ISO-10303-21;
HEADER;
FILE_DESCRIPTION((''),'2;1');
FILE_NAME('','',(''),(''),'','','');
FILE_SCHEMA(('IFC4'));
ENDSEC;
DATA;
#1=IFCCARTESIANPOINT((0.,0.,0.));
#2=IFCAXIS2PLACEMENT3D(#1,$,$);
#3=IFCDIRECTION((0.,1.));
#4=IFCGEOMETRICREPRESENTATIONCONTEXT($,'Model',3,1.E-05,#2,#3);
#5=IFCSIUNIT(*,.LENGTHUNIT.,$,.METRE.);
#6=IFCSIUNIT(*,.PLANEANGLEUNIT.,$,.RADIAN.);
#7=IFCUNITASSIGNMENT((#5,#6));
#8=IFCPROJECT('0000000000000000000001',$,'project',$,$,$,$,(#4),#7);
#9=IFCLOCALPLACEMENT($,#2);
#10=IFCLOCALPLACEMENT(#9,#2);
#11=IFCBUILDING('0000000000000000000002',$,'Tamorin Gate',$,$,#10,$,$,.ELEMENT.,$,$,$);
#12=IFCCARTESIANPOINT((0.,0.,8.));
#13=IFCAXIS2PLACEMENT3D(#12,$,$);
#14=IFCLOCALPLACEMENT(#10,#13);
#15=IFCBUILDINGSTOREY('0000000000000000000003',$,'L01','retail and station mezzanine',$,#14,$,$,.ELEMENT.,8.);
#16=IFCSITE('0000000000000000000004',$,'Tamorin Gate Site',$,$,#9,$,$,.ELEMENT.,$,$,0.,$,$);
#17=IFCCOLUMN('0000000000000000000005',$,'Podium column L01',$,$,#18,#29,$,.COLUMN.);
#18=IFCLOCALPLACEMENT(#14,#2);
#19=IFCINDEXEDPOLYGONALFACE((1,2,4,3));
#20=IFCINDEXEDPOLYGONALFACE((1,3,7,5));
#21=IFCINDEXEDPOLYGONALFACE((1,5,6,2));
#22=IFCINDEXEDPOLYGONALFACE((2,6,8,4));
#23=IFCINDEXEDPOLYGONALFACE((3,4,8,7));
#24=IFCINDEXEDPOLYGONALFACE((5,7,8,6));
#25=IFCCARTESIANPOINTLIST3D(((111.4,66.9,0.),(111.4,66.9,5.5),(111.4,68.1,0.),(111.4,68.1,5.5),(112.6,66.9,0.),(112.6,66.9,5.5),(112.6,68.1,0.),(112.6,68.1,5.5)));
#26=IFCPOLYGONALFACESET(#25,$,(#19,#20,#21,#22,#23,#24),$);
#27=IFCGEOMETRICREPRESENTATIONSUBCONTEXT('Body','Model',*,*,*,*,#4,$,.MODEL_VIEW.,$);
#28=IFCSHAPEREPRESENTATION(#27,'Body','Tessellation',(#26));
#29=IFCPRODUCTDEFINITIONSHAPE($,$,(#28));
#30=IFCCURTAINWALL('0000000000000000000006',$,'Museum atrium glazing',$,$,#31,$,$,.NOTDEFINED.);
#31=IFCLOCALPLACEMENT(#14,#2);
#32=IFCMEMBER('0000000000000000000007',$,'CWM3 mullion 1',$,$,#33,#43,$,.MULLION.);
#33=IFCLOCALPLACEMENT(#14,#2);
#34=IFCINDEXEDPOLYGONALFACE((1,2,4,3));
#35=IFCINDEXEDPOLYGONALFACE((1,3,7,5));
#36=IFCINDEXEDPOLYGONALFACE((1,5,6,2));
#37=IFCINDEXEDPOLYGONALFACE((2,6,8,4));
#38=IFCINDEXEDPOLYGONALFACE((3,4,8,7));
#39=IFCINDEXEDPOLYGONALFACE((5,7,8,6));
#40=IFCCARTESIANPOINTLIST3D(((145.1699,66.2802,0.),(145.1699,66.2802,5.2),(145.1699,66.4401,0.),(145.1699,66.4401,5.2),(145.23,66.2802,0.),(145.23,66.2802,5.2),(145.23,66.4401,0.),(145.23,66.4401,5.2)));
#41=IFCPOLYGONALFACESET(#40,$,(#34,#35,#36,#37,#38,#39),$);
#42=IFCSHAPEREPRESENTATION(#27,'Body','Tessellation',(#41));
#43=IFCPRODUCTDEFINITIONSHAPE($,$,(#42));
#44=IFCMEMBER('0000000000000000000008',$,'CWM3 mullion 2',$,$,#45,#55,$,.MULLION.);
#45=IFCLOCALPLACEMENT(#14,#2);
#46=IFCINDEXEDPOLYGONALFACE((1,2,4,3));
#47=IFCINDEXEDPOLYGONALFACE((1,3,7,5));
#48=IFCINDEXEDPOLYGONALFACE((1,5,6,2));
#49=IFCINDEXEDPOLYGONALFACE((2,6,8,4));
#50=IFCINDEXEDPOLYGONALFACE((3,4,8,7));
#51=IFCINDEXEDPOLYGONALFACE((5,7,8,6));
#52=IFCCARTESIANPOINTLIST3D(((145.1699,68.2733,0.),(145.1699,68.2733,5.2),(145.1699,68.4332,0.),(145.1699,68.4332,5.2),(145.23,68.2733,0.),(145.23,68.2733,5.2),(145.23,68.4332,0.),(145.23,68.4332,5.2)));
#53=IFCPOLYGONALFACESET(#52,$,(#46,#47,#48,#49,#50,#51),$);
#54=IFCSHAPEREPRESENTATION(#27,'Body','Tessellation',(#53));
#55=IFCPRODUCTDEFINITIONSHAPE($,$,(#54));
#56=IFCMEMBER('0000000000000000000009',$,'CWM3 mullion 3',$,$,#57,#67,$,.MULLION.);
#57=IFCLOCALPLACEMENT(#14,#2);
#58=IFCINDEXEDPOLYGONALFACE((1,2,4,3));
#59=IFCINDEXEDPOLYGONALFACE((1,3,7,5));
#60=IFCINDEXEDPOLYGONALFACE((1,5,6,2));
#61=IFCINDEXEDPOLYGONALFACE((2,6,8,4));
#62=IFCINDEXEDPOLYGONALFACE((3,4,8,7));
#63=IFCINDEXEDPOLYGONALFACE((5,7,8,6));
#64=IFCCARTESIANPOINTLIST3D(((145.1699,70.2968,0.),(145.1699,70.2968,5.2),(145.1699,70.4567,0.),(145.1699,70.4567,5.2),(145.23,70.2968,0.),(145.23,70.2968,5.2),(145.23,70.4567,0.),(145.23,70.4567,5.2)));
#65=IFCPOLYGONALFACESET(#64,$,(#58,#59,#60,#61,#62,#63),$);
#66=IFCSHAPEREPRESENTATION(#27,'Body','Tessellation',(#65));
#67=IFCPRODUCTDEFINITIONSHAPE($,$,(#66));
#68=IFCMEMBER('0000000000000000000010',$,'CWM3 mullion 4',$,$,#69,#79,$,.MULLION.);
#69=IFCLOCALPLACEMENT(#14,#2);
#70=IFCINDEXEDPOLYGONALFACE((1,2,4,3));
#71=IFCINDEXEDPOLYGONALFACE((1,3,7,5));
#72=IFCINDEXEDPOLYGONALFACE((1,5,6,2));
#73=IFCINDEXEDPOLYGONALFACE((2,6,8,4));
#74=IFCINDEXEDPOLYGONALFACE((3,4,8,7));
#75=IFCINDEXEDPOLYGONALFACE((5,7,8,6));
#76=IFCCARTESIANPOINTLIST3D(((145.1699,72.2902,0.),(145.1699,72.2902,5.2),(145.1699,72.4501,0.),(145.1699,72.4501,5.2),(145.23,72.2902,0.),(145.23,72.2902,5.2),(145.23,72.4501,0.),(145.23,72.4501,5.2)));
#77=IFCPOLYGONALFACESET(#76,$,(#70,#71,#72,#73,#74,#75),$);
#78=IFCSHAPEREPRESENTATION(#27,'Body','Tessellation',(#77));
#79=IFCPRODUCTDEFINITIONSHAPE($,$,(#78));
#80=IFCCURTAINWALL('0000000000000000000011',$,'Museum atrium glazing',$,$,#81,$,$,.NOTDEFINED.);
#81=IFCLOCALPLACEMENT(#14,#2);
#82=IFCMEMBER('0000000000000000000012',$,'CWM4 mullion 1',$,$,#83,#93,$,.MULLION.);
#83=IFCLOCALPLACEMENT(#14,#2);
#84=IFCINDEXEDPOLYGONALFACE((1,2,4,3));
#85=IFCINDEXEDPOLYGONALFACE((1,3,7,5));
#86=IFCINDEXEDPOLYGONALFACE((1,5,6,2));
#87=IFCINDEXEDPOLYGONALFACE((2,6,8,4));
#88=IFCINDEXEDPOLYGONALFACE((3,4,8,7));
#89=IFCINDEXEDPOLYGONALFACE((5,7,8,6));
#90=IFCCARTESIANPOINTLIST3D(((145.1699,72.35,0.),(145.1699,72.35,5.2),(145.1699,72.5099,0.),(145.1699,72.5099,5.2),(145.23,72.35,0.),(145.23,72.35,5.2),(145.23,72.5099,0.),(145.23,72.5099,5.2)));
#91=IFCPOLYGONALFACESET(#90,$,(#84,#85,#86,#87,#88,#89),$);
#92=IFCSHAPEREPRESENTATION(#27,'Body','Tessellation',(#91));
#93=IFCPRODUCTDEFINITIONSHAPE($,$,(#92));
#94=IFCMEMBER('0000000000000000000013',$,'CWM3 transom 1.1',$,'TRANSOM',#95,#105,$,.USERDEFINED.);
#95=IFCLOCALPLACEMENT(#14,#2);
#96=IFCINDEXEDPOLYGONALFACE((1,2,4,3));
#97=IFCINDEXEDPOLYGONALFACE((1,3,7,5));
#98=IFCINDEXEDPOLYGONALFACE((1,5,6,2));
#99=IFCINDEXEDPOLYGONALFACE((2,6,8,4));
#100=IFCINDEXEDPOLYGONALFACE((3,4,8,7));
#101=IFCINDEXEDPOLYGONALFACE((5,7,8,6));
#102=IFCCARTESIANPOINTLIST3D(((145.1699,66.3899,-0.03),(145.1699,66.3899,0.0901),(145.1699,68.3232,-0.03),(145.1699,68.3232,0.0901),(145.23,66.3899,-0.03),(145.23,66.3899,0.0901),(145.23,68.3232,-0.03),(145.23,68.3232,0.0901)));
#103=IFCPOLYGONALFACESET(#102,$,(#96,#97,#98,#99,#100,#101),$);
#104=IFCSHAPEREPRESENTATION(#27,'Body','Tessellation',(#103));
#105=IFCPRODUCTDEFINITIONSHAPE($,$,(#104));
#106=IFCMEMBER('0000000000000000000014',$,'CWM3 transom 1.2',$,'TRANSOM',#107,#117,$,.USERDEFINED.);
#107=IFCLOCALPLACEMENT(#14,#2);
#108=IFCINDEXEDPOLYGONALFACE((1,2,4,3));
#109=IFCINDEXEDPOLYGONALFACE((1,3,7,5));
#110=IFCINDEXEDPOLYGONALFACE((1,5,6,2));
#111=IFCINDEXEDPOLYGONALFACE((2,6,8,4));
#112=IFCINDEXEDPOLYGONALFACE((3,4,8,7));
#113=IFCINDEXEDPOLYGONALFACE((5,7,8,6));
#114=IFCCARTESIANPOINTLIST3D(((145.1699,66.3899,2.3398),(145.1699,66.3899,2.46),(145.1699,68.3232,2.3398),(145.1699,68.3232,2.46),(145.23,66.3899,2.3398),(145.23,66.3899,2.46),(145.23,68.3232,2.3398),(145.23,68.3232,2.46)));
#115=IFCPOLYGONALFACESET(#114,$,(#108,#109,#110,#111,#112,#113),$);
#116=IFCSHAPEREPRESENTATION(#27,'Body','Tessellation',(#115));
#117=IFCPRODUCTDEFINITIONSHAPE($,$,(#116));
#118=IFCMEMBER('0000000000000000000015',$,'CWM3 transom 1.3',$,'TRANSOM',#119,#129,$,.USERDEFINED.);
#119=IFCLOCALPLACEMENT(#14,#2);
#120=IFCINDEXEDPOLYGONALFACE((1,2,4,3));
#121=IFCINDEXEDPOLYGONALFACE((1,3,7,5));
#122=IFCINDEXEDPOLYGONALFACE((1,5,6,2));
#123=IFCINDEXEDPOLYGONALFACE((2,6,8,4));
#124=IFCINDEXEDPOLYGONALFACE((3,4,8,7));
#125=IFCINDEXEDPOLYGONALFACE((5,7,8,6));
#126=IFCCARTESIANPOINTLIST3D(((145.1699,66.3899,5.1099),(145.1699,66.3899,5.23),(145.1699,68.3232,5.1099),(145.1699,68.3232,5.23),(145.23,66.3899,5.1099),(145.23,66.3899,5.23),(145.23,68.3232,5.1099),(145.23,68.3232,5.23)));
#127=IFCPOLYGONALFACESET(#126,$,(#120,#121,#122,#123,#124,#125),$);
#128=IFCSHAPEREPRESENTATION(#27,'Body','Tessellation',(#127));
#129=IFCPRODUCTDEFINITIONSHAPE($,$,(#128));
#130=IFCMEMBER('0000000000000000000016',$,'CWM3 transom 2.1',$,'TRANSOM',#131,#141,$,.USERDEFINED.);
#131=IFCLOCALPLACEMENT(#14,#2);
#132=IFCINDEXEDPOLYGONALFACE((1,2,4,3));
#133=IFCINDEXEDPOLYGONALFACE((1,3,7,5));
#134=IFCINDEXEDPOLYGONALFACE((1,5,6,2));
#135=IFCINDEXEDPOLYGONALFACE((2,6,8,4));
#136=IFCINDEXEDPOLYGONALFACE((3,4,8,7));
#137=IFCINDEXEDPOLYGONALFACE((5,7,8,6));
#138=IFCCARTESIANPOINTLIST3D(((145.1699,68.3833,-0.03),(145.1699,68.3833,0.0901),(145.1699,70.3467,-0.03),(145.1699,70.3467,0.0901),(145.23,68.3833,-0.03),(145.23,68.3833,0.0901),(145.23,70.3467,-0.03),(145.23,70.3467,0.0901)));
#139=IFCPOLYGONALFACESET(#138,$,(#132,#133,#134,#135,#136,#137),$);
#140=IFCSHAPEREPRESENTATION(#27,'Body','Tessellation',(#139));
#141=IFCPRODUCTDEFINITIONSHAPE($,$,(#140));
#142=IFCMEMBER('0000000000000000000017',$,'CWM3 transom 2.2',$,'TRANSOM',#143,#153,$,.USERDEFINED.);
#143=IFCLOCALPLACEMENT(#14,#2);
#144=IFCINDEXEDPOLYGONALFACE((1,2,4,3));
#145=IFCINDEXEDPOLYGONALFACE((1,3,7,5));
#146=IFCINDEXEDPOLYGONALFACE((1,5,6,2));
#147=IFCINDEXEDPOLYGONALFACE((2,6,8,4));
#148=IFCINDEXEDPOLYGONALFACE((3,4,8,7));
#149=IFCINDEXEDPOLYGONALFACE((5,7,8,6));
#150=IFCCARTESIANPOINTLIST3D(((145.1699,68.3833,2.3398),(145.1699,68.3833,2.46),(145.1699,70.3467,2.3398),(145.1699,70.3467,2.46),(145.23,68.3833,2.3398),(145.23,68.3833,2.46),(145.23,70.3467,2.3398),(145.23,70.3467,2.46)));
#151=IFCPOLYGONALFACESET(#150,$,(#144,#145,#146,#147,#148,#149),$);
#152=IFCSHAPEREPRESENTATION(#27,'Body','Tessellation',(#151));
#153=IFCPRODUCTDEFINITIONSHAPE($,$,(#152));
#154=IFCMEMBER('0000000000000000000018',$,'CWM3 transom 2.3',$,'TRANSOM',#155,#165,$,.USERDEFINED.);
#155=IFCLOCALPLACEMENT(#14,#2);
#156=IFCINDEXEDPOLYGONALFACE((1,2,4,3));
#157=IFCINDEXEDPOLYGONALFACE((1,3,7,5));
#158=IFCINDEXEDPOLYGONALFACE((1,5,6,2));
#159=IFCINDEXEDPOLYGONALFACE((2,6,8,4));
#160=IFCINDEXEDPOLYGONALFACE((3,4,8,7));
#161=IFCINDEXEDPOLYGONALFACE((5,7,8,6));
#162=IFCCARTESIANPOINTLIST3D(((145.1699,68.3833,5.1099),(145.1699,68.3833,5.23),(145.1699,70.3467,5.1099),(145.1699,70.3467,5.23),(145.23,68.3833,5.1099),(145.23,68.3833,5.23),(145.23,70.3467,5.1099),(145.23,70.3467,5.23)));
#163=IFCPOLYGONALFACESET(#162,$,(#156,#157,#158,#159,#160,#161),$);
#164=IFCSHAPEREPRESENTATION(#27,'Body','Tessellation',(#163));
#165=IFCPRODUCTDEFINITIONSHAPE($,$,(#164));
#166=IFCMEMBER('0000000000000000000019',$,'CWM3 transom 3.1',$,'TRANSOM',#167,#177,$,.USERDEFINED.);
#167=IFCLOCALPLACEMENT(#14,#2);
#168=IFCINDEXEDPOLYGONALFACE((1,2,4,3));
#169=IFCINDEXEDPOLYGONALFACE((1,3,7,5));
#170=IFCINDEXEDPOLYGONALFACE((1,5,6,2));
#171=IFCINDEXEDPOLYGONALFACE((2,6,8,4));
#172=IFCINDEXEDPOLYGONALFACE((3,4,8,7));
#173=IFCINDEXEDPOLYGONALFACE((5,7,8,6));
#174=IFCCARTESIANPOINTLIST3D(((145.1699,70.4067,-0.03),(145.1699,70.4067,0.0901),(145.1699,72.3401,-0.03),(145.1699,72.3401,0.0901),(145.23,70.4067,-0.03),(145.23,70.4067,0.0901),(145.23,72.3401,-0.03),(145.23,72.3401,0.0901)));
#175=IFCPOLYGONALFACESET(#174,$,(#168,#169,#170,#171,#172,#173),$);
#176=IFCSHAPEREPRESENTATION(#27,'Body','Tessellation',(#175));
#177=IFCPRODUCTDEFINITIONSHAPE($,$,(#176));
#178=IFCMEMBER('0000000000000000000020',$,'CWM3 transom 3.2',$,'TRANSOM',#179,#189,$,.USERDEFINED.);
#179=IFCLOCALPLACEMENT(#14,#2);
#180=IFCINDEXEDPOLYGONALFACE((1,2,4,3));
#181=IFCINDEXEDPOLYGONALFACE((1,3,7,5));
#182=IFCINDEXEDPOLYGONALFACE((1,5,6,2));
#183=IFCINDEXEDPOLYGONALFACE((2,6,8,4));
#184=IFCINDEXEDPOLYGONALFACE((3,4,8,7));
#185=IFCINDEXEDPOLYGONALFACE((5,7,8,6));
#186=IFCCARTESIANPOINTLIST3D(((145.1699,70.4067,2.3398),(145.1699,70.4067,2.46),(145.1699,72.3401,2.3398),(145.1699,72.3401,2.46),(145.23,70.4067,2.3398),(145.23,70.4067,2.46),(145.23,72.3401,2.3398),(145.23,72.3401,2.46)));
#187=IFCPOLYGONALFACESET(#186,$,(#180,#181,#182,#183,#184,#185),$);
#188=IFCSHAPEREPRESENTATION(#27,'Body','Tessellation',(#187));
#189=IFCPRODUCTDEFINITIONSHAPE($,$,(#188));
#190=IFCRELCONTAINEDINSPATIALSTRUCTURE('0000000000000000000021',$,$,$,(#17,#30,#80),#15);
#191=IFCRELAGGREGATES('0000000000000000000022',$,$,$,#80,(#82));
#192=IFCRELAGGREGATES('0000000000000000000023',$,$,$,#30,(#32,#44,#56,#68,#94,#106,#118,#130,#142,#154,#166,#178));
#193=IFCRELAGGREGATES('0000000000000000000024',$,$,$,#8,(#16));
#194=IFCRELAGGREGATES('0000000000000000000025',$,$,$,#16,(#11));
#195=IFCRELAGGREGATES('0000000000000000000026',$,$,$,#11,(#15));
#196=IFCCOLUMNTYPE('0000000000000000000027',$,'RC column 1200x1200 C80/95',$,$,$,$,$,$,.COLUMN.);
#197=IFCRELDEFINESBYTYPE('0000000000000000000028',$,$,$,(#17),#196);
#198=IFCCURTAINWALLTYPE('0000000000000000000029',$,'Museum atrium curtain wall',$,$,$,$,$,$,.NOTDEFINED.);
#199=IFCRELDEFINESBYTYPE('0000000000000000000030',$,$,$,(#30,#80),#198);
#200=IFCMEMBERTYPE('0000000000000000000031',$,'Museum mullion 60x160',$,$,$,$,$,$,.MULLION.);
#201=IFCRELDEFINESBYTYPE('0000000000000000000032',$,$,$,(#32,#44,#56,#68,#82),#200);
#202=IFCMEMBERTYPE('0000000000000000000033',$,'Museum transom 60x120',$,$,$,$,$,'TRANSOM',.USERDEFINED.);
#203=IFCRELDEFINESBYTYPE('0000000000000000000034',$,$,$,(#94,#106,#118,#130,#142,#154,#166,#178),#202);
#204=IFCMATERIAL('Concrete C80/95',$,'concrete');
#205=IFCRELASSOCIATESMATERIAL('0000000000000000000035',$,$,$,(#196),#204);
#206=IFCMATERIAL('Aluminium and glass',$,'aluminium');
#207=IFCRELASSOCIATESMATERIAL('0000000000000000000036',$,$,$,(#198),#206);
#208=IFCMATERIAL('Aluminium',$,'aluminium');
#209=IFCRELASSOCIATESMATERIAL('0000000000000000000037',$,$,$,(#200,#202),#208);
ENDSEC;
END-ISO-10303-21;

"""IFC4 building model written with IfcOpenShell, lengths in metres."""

from ifc_helpers import new_model, si_unit, direction, frame, origin, origin_2d, place, context, subcontext, project, spatial, rectangle, extrude, material, material_profile, profile_set, type_object, element, aggregate, save


model = new_model("IFC4")

# Units and contexts
model_context = context("Model", 3, precision=1e-05, world=origin(), true_north=direction((0.0, 1.0)))
body_context = subcontext(model_context, "Body", "Model", "MODEL_VIEW")
ifc_project = project(units=[si_unit("LENGTHUNIT", "METRE"), si_unit("PLANEANGLEUNIT", "RADIAN")], contexts=[model_context])

# Site, building, storey
site_placement = place(None, origin())
site = spatial("IfcSite", under=ifc_project, at=site_placement, Name="Tamorin Gate Site", CompositionType="ELEMENT", RefElevation=0.0)
building_placement = place(site_placement, origin())
building = spatial("IfcBuilding", under=site, at=building_placement, Name="Tamorin Gate", CompositionType="ELEMENT")
storey_placement = place(building_placement, frame((0.0, 0.0, 8.0)))
storey = spatial("IfcBuildingStorey", under=building, at=storey_placement, Name="L01", Description="retail and station mezzanine", CompositionType="ELEMENT", Elevation=8.0)

# Column
ifc_material_1 = material(Name="Concrete C80/95", Category="concrete")
ifc_material_profile_1 = material_profile(ifc_material_1, rectangle(XDim=1.2, YDim=1.2, at=origin_2d()), Name="RC 1200x1200")
ifc_profile_set_1 = profile_set([ifc_material_profile_1], Name="Concrete C80/95")
column_type = type_object("IfcColumnType", Name="RC column 1200x1200 C80/95", PredefinedType="COLUMN", material=ifc_profile_set_1)
column_placement = place(storey_placement, frame((112.0, 67.5, 0.0), z_axis=(0.0, 0.0, 1.0), x_axis=(1.0, 0.0, 0.0)))
element("IfcColumn", 1, at=column_placement, inside=storey, type_object=column_type, Name="Podium column L01", PredefinedType="COLUMN", context=body_context, shape_type="SweptSolid", body=[
    extrude(rectangle(XDim=1.2, YDim=1.2, at=origin_2d()), origin(), (0.0, 0.0, 1.0), 5.5),
])

# Curtain wall, members
ifc_material_2 = material(Name="Aluminium and glass", Category="aluminium")
curtain_wall_type = type_object("IfcCurtainWallType", Name="Museum atrium curtain wall", PredefinedType="NOTDEFINED", material=ifc_material_2)
curtain_wall_1_placement = place(storey_placement, origin())
curtain_wall_1 = element("IfcCurtainWall", 2, at=curtain_wall_1_placement, inside=storey, type_object=curtain_wall_type, Name="Museum atrium glazing", PredefinedType="NOTDEFINED")
ifc_material_3 = material(Name="Aluminium", Category="aluminium")
ifc_material_profile_2 = material_profile(ifc_material_3, rectangle(XDim=0.0601, YDim=0.1599, at=origin_2d()), Name="RECT 60x160")
ifc_profile_set_2 = profile_set([ifc_material_profile_2], Name="Aluminium")
member_type_1 = type_object("IfcMemberType", Name="Museum mullion 60x160", PredefinedType="MULLION", material=ifc_profile_set_2)
member_1_placement = place(storey_placement, frame((145.2, 66.3601, 0.0), z_axis=(0.0, 0.0, 1.0), x_axis=(-1.0, 0.0, 0.0)))
member_1 = element("IfcMember", 3, at=member_1_placement, type_object=member_type_1, Name="CWM3 mullion 1", PredefinedType="MULLION", context=body_context, shape_type="SweptSolid", body=[
    extrude(rectangle(XDim=0.0601, YDim=0.1599, at=origin_2d()), origin(), (0.0, 0.0, 1.0), 5.2),
])
member_2_placement = place(storey_placement, frame((145.2, 68.3533, 0.0), z_axis=(0.0, 0.0, 1.0), x_axis=(-1.0, 0.0, 0.0)))
member_2 = element("IfcMember", 4, at=member_2_placement, type_object=member_type_1, Name="CWM3 mullion 2", PredefinedType="MULLION", context=body_context, shape_type="SweptSolid", body=[
    extrude(rectangle(XDim=0.0601, YDim=0.1599, at=origin_2d()), origin(), (0.0, 0.0, 1.0), 5.2),
])
member_3_placement = place(storey_placement, frame((145.2, 70.3767, 0.0), z_axis=(0.0, 0.0, 1.0), x_axis=(-1.0, 0.0, 0.0)))
member_3 = element("IfcMember", 5, at=member_3_placement, type_object=member_type_1, Name="CWM3 mullion 3", PredefinedType="MULLION", context=body_context, shape_type="SweptSolid", body=[
    extrude(rectangle(XDim=0.0601, YDim=0.1599, at=origin_2d()), origin(), (0.0, 0.0, 1.0), 5.2),
])
member_4_placement = place(storey_placement, frame((145.2, 72.3701, 0.0), z_axis=(0.0, 0.0, 1.0), x_axis=(-1.0, 0.0, 0.0)))
member_4 = element("IfcMember", 6, at=member_4_placement, type_object=member_type_1, Name="CWM3 mullion 4", PredefinedType="MULLION", context=body_context, shape_type="SweptSolid", body=[
    extrude(rectangle(XDim=0.0601, YDim=0.1599, at=origin_2d()), origin(), (0.0, 0.0, 1.0), 5.2),
])

# Curtain wall, member
curtain_wall_2_placement = place(storey_placement, origin())
curtain_wall_2 = element("IfcCurtainWall", 7, at=curtain_wall_2_placement, inside=storey, type_object=curtain_wall_type, Name="Museum atrium glazing", PredefinedType="NOTDEFINED")
member_5_placement = place(storey_placement, frame((145.2, 72.4299, 0.0), z_axis=(0.0, 0.0, 1.0), x_axis=(-1.0, 0.0, 0.0)))
member_5 = element("IfcMember", 8, at=member_5_placement, type_object=member_type_1, Name="CWM4 mullion 1", PredefinedType="MULLION", context=body_context, shape_type="SweptSolid", body=[
    extrude(rectangle(XDim=0.0601, YDim=0.1599, at=origin_2d()), origin(), (0.0, 0.0, 1.0), 5.2),
])
aggregate(curtain_wall_2, [member_5])

# Members
ifc_material_profile_3 = material_profile(ifc_material_3, rectangle(XDim=0.0601, YDim=0.1201, at=origin_2d()), Name="RECT 60x120")
ifc_profile_set_3 = profile_set([ifc_material_profile_3], Name="Aluminium")
member_type_2 = type_object("IfcMemberType", Name="Museum transom 60x120", ElementType="TRANSOM", PredefinedType="USERDEFINED", material=ifc_profile_set_3)
member_6_placement = place(storey_placement, frame((145.2, 66.3899, 0.03), z_axis=(0.0, 1.0, 0.0), x_axis=(-1.0, 0.0, 0.0)))
member_6 = element("IfcMember", 9, at=member_6_placement, type_object=member_type_2, Name="CWM3 transom 1.1", ObjectType="TRANSOM", PredefinedType="USERDEFINED", context=body_context, shape_type="SweptSolid", body=[
    extrude(rectangle(XDim=0.0601, YDim=0.1201, at=origin_2d()), origin(), (0.0, 0.0, 1.0), 1.9333),
])
member_7_placement = place(storey_placement, frame((145.2, 66.3899, 2.3999), z_axis=(0.0, 1.0, 0.0), x_axis=(-1.0, 0.0, 0.0)))
member_7 = element("IfcMember", 10, at=member_7_placement, type_object=member_type_2, Name="CWM3 transom 1.2", ObjectType="TRANSOM", PredefinedType="USERDEFINED", context=body_context, shape_type="SweptSolid", body=[
    extrude(rectangle(XDim=0.0601, YDim=0.1201, at=origin_2d()), origin(), (0.0, 0.0, 1.0), 1.9333),
])
member_8_placement = place(storey_placement, frame((145.2, 66.3899, 5.1699), z_axis=(0.0, 1.0, 0.0), x_axis=(-1.0, 0.0, 0.0)))
member_8 = element("IfcMember", 11, at=member_8_placement, type_object=member_type_2, Name="CWM3 transom 1.3", ObjectType="TRANSOM", PredefinedType="USERDEFINED", context=body_context, shape_type="SweptSolid", body=[
    extrude(rectangle(XDim=0.0601, YDim=0.1201, at=origin_2d()), origin(), (0.0, 0.0, 1.0), 1.9333),
])
member_9_placement = place(storey_placement, frame((145.2, 68.3833, 0.03), z_axis=(0.0, 1.0, 0.0), x_axis=(-1.0, 0.0, 0.0)))
member_9 = element("IfcMember", 12, at=member_9_placement, type_object=member_type_2, Name="CWM3 transom 2.1", ObjectType="TRANSOM", PredefinedType="USERDEFINED", context=body_context, shape_type="SweptSolid", body=[
    extrude(rectangle(XDim=0.0601, YDim=0.1201, at=origin_2d()), origin(), (0.0, 0.0, 1.0), 1.9634),
])
member_10_placement = place(storey_placement, frame((145.2, 68.3833, 2.3999), z_axis=(0.0, 1.0, 0.0), x_axis=(-1.0, 0.0, 0.0)))
member_10 = element("IfcMember", 13, at=member_10_placement, type_object=member_type_2, Name="CWM3 transom 2.2", ObjectType="TRANSOM", PredefinedType="USERDEFINED", context=body_context, shape_type="SweptSolid", body=[
    extrude(rectangle(XDim=0.0601, YDim=0.1201, at=origin_2d()), origin(), (0.0, 0.0, 1.0), 1.9634),
])
member_11_placement = place(storey_placement, frame((145.2, 68.3833, 5.1699), z_axis=(0.0, 1.0, 0.0), x_axis=(-1.0, 0.0, 0.0)))
member_11 = element("IfcMember", 14, at=member_11_placement, type_object=member_type_2, Name="CWM3 transom 2.3", ObjectType="TRANSOM", PredefinedType="USERDEFINED", context=body_context, shape_type="SweptSolid", body=[
    extrude(rectangle(XDim=0.0601, YDim=0.1201, at=origin_2d()), origin(), (0.0, 0.0, 1.0), 1.9634),
])
member_12_placement = place(storey_placement, frame((145.2, 70.4067, 0.03), z_axis=(0.0, 1.0, 0.0), x_axis=(-1.0, 0.0, 0.0)))
member_12 = element("IfcMember", 15, at=member_12_placement, type_object=member_type_2, Name="CWM3 transom 3.1", ObjectType="TRANSOM", PredefinedType="USERDEFINED", context=body_context, shape_type="SweptSolid", body=[
    extrude(rectangle(XDim=0.0601, YDim=0.1201, at=origin_2d()), origin(), (0.0, 0.0, 1.0), 1.9333),
])
member_13_placement = place(storey_placement, frame((145.2, 70.4067, 2.3999), z_axis=(0.0, 1.0, 0.0), x_axis=(-1.0, 0.0, 0.0)))
member_13 = element("IfcMember", 16, at=member_13_placement, type_object=member_type_2, Name="CWM3 transom 3.2", ObjectType="TRANSOM", PredefinedType="USERDEFINED", context=body_context, shape_type="SweptSolid", body=[
    extrude(rectangle(XDim=0.0601, YDim=0.1201, at=origin_2d()), origin(), (0.0, 0.0, 1.0), 1.9333),
])

aggregate(curtain_wall_1, [member_1, member_2, member_3, member_4, member_6, member_7, member_8, member_9, member_10, member_11, member_12, member_13])

save(model, "model.ifc")
